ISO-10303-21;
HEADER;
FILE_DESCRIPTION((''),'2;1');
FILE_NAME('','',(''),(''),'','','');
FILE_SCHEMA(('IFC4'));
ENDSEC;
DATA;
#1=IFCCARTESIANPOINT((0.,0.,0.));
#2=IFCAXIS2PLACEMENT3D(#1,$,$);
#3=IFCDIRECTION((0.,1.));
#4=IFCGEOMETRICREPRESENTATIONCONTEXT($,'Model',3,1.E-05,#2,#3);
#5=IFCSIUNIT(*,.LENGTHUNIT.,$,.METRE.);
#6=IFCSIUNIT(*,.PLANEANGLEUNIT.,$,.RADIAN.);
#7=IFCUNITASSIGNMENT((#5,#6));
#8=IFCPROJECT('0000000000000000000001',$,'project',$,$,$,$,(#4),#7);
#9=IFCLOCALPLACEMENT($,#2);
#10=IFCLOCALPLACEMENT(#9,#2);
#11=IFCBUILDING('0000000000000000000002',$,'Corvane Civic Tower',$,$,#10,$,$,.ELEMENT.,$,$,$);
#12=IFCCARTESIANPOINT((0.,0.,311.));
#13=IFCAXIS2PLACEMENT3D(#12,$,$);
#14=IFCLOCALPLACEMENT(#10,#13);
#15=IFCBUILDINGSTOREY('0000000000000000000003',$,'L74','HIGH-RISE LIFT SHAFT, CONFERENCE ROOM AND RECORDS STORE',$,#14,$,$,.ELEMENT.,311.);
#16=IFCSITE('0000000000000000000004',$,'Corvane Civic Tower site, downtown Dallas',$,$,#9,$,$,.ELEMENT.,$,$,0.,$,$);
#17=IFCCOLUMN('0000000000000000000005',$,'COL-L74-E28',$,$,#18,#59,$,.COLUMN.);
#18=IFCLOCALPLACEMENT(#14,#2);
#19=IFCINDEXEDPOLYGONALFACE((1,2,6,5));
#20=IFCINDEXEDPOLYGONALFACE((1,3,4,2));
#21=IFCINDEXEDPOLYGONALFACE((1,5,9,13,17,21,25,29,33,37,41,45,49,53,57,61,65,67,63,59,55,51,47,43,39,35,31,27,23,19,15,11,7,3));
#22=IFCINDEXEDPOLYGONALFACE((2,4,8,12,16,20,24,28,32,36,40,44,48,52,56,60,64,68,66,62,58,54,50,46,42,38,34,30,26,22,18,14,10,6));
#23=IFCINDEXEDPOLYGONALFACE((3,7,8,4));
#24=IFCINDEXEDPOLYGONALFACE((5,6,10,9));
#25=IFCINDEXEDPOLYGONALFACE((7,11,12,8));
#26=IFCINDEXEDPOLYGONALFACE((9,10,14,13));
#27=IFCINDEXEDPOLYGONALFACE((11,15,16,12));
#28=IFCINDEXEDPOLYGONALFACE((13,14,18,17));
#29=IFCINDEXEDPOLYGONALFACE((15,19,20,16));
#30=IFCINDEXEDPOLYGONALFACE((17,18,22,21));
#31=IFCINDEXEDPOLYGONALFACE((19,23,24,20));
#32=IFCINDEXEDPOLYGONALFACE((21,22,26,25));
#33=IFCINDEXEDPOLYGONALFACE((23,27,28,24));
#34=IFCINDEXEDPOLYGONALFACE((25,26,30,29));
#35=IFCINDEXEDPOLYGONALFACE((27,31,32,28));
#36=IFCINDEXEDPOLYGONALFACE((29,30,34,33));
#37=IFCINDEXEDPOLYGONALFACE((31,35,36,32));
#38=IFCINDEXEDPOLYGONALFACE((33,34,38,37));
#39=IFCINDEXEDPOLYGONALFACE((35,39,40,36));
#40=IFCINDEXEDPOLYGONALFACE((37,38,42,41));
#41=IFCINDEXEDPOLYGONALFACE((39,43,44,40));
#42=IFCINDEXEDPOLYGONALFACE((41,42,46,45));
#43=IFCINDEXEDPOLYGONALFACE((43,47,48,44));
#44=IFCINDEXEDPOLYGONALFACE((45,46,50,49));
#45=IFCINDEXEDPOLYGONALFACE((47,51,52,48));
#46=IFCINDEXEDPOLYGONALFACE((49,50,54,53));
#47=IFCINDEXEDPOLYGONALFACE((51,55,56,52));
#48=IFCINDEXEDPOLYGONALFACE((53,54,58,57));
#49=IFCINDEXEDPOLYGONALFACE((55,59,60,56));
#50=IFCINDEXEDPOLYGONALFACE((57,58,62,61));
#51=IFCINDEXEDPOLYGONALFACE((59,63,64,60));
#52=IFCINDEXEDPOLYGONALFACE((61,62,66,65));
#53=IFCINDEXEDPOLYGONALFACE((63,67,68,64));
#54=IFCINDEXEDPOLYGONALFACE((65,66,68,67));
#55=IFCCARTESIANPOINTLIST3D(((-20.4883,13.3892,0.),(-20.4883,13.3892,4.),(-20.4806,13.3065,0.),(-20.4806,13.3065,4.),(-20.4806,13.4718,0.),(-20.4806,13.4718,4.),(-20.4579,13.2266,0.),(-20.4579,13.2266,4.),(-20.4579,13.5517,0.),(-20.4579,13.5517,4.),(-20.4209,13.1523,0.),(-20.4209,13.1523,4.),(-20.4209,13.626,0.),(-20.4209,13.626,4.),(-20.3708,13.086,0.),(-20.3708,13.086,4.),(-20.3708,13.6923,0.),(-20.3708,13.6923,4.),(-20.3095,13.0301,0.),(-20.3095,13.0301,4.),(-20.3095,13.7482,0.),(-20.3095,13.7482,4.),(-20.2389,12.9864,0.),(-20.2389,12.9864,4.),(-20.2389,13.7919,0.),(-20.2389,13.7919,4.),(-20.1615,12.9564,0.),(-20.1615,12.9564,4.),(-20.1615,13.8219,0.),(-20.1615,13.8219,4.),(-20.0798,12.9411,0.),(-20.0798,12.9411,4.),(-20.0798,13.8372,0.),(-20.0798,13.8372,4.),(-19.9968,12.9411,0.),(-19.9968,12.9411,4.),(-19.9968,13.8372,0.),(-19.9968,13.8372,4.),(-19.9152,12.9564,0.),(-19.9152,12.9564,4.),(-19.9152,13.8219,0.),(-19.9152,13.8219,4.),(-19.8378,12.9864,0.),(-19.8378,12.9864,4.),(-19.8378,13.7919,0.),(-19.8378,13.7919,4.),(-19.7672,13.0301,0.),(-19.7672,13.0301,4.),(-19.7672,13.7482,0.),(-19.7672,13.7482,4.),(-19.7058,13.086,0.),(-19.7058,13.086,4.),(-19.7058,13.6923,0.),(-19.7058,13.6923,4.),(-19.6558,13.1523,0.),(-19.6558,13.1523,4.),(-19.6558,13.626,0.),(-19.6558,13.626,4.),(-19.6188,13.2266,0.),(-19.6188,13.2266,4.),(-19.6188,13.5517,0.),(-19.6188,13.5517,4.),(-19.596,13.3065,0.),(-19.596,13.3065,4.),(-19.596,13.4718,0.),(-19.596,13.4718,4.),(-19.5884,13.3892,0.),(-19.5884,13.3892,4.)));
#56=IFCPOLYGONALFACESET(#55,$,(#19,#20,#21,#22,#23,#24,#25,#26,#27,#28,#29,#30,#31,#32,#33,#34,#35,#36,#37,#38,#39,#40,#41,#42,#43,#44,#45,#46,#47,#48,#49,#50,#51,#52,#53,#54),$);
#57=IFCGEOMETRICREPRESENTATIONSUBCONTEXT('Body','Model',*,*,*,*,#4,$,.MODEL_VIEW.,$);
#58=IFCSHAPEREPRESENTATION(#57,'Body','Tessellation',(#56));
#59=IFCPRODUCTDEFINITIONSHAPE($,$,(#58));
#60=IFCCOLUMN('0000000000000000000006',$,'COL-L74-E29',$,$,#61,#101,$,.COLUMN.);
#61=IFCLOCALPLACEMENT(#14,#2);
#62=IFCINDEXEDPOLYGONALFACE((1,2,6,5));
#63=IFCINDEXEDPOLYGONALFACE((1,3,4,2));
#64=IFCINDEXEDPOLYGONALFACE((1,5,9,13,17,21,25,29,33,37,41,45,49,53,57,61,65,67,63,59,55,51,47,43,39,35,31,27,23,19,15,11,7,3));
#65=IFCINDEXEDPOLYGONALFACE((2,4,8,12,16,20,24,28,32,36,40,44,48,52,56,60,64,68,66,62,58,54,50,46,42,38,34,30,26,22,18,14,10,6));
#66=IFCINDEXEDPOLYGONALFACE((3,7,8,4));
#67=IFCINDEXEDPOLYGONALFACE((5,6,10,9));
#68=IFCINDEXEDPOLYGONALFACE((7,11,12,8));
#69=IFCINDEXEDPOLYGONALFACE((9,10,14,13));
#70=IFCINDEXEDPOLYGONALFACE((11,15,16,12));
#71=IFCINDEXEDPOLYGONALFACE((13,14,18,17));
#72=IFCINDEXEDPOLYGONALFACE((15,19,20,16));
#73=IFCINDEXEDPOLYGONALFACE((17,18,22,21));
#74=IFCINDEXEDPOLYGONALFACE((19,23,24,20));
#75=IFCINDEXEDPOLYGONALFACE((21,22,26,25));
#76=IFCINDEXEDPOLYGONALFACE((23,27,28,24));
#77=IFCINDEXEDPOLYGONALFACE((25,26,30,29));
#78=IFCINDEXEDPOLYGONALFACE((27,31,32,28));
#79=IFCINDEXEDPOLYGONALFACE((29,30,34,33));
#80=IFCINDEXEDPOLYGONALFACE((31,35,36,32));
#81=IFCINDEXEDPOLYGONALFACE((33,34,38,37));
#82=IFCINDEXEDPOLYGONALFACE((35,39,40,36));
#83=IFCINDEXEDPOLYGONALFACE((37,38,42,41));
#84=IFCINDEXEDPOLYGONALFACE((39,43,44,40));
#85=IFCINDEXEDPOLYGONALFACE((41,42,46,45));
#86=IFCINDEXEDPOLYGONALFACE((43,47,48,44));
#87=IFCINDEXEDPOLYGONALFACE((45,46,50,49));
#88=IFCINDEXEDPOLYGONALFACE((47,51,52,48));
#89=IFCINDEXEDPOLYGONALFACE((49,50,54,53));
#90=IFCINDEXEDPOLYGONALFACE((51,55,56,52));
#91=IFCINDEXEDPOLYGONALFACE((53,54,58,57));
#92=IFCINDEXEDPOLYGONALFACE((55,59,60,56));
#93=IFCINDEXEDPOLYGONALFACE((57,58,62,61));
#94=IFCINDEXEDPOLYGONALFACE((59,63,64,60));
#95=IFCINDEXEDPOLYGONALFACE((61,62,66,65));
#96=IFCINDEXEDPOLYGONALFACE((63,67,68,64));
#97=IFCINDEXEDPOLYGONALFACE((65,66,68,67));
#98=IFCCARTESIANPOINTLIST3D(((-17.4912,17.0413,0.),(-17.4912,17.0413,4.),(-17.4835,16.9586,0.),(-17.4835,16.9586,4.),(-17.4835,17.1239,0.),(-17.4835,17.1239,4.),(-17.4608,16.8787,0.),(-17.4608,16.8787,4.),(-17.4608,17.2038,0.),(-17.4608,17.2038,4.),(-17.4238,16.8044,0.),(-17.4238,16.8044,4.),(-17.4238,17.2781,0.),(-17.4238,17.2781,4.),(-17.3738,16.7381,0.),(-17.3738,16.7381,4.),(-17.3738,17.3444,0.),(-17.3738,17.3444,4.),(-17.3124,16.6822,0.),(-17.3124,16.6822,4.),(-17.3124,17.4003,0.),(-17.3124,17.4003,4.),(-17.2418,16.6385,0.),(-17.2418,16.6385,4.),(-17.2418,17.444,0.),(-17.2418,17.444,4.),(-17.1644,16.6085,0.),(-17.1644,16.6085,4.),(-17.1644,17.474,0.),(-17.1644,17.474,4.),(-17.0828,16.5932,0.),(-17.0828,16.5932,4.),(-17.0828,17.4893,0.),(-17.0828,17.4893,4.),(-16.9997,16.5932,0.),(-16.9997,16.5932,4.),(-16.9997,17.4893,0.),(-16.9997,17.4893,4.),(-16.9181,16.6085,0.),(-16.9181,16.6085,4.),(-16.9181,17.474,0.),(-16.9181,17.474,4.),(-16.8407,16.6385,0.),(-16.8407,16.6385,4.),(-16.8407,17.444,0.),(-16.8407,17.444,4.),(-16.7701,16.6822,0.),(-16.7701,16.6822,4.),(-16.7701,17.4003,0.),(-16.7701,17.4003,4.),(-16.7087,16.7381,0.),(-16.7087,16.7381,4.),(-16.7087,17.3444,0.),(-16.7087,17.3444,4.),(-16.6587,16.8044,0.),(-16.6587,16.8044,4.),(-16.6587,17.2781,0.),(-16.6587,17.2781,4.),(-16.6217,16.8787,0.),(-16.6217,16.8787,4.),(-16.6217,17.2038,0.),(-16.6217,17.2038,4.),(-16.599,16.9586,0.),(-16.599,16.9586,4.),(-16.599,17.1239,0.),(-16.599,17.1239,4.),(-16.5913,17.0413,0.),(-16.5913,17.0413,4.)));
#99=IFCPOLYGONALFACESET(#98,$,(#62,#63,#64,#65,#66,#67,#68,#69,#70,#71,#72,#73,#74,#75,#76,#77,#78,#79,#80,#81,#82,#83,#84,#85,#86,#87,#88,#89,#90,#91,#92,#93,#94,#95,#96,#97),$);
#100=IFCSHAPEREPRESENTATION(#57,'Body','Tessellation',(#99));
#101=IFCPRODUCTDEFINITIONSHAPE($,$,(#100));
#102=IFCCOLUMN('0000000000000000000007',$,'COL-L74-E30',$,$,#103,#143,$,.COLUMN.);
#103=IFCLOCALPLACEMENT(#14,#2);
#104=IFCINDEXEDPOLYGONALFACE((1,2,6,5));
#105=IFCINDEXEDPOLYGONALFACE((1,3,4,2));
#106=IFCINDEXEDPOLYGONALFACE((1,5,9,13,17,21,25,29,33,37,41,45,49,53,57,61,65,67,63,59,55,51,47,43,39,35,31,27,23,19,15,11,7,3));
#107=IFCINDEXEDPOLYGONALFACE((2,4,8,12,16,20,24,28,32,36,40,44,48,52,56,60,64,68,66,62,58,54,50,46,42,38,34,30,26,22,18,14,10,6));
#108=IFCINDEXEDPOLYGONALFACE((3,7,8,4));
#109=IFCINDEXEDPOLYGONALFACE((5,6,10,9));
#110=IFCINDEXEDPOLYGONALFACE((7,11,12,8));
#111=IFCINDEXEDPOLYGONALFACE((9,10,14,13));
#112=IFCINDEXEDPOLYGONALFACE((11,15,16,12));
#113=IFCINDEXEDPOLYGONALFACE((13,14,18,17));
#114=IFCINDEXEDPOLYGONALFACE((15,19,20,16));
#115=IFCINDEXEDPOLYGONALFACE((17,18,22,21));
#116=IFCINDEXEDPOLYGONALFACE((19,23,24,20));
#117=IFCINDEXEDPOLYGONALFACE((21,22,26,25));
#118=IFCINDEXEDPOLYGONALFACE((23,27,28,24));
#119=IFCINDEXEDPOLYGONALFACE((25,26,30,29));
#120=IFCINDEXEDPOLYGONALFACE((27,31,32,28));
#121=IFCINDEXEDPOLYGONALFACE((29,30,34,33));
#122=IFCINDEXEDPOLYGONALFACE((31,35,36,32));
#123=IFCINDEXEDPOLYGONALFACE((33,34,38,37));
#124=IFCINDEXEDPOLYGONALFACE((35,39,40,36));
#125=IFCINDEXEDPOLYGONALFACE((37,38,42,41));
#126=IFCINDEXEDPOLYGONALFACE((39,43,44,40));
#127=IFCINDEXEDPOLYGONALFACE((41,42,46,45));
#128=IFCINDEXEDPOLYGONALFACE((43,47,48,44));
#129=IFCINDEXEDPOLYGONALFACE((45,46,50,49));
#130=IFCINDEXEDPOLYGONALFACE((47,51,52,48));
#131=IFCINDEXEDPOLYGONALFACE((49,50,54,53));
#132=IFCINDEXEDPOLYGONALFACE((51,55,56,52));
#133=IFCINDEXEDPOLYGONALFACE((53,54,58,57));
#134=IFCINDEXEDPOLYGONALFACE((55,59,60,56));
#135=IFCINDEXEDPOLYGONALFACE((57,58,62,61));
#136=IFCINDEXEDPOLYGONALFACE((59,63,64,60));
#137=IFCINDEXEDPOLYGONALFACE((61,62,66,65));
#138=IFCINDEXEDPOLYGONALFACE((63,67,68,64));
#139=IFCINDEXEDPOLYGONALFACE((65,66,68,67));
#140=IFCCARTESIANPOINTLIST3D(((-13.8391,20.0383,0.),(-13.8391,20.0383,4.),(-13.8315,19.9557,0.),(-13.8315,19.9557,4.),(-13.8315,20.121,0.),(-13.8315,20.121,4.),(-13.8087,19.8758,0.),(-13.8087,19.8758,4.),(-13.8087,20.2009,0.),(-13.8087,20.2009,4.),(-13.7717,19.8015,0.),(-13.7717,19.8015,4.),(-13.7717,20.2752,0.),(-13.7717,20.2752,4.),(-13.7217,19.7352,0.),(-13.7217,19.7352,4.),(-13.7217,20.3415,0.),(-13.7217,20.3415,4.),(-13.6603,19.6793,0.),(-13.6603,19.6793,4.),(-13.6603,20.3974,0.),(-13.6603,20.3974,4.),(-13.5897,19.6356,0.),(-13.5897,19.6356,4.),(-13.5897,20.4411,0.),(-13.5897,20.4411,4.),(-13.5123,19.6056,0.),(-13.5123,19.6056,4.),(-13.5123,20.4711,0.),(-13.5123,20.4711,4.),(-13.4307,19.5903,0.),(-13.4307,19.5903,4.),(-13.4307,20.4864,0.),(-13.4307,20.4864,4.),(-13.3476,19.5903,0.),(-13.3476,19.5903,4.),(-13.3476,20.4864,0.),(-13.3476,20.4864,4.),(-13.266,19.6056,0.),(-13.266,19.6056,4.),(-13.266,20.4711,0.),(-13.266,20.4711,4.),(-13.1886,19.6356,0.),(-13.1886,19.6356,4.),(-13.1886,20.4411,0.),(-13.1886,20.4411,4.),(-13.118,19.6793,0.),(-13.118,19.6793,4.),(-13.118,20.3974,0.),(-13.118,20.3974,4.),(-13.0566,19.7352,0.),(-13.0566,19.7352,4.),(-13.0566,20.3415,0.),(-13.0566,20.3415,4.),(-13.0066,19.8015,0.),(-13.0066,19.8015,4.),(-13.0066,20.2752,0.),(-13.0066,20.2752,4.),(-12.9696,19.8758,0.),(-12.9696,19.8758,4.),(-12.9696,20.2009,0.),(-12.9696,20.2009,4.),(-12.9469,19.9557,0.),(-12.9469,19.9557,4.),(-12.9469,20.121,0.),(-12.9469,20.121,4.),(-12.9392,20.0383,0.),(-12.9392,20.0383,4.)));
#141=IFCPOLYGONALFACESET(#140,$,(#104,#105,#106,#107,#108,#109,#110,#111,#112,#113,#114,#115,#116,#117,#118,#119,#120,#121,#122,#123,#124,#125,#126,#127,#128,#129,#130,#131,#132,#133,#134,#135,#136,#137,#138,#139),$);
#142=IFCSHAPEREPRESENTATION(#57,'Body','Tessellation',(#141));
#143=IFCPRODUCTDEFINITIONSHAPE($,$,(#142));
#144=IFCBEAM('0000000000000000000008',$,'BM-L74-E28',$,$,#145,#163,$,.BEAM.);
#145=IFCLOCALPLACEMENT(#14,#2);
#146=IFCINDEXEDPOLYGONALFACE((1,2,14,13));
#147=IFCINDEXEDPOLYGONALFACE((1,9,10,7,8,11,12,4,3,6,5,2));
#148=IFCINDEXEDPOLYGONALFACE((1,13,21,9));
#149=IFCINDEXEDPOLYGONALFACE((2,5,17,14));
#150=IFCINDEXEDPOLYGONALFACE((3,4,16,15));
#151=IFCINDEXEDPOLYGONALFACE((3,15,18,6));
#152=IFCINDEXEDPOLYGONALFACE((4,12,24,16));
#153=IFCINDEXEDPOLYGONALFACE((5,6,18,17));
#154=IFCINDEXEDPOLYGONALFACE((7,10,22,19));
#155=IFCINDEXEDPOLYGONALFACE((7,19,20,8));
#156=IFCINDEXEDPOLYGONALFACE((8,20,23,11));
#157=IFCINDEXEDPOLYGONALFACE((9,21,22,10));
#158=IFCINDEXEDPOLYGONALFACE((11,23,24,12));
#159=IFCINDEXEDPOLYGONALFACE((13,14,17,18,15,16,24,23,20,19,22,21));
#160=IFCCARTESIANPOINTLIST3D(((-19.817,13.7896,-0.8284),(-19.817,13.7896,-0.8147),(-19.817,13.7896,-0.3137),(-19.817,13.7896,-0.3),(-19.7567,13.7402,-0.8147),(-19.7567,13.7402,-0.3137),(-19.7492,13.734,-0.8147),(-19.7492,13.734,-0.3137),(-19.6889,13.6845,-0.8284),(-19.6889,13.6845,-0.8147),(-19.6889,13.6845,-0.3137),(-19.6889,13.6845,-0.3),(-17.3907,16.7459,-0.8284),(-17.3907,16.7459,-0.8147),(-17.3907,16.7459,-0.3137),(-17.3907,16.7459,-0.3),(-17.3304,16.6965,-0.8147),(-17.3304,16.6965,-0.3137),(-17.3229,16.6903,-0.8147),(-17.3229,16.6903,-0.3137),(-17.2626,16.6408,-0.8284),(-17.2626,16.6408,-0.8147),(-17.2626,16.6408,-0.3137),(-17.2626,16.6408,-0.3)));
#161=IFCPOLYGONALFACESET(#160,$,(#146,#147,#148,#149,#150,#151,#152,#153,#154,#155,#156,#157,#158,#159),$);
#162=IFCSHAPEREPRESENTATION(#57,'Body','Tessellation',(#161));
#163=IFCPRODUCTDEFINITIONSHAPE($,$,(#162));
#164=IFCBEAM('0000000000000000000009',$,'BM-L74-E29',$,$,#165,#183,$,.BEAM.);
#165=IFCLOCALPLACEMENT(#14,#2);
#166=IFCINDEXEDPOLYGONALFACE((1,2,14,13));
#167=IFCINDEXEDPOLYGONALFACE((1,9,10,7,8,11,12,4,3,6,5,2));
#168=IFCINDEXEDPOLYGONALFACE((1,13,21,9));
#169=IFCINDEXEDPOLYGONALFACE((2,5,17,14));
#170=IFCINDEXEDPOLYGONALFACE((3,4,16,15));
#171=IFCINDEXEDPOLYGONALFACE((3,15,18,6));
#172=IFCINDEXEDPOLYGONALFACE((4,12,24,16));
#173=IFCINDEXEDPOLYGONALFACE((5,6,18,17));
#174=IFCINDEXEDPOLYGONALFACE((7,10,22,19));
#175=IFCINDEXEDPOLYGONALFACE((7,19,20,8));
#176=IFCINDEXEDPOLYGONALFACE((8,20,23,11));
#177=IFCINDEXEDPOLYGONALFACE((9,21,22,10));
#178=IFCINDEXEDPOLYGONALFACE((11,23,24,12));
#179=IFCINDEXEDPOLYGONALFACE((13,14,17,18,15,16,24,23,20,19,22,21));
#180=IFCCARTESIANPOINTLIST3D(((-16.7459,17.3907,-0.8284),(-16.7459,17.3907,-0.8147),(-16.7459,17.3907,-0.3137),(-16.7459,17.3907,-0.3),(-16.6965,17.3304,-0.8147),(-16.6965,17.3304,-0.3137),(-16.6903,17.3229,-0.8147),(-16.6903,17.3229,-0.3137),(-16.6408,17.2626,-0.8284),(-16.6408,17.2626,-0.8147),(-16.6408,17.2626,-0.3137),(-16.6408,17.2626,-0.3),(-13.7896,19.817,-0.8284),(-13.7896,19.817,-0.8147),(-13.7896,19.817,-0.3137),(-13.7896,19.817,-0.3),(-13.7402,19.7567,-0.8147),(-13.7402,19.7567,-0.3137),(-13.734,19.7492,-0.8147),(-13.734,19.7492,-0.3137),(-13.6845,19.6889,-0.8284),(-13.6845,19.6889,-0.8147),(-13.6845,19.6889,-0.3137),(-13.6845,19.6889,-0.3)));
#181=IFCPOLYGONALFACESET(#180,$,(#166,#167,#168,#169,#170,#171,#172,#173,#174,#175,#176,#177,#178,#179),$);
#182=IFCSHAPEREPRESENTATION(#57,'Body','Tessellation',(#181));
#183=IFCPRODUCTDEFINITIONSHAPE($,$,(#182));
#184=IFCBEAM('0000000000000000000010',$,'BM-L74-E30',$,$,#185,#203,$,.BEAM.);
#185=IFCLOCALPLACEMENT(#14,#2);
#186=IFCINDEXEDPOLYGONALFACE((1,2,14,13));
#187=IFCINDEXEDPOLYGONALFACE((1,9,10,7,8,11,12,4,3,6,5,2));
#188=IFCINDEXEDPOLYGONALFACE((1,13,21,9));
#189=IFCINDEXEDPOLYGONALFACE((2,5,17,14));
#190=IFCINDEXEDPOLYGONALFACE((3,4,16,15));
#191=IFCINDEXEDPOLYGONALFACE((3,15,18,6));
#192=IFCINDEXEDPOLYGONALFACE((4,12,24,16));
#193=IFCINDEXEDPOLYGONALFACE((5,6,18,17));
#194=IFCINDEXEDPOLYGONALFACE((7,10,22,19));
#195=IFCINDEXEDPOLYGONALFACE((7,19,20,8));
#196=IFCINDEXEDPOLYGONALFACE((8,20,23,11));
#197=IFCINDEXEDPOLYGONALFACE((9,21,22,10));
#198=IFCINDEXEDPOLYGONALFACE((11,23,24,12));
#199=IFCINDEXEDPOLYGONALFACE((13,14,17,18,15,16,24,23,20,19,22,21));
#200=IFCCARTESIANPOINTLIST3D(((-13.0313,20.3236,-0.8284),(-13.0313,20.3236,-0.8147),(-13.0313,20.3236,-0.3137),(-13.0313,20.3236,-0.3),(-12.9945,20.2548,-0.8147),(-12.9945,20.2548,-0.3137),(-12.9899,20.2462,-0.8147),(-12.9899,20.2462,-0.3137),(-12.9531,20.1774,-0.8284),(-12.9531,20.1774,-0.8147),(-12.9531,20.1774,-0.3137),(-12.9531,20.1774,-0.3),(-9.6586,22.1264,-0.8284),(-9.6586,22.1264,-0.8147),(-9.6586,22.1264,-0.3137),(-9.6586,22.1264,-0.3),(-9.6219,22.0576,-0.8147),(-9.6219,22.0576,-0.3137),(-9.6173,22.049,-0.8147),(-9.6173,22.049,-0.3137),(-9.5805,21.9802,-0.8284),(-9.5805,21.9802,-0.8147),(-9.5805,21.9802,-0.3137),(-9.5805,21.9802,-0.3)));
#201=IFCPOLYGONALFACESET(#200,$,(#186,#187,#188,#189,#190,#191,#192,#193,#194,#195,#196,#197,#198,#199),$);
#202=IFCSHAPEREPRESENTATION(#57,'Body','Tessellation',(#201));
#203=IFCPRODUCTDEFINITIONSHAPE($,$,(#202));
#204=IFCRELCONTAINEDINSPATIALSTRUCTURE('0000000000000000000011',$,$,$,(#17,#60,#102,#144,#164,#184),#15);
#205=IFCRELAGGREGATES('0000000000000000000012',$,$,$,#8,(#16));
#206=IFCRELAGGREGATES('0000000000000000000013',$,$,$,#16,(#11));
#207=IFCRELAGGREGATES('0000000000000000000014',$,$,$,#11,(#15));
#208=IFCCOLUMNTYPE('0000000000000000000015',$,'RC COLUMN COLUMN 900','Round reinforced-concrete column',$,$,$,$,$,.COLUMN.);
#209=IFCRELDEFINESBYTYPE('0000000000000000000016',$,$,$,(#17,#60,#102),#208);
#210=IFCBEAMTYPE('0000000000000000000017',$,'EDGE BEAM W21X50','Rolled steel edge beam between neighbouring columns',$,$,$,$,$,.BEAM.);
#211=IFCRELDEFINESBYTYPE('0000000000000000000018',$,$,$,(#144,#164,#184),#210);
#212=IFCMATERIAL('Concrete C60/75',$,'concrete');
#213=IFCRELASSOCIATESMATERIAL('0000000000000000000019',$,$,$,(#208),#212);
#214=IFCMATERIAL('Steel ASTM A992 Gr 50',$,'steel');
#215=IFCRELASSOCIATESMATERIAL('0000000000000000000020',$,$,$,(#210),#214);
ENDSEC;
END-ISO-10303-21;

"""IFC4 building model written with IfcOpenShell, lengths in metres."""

from ifc_helpers import new_model, si_unit, direction, frame, origin, origin_2d, place, context, subcontext, project, spatial, circle, i_section, extrude, material, material_profile, profile_set, type_object, element, save


model = new_model("IFC4")

# Units and contexts
model_context = context("Model", 3, precision=1e-05, world=origin(), true_north=direction((0.0, 1.0)))
body_context = subcontext(model_context, "Body", "Model", "MODEL_VIEW")
ifc_project = project(units=[si_unit("LENGTHUNIT", "METRE"), si_unit("PLANEANGLEUNIT", "RADIAN")], contexts=[model_context])

# Site, building, storey
site_placement = place(None, origin())
site = spatial("IfcSite", under=ifc_project, at=site_placement, Name="Corvane Civic Tower site, downtown Dallas", CompositionType="ELEMENT", RefElevation=0.0)
building_placement = place(site_placement, origin())
building = spatial("IfcBuilding", under=site, at=building_placement, Name="Corvane Civic Tower", CompositionType="ELEMENT")
storey_placement = place(building_placement, frame((0.0, 0.0, 311.0)))
storey = spatial("IfcBuildingStorey", under=building, at=storey_placement, Name="L74", Description="HIGH-RISE LIFT SHAFT, CONFERENCE ROOM AND RECORDS STORE", CompositionType="ELEMENT", Elevation=311.0)

# Columns
ifc_material_1 = material(Name="Concrete C60/75", Category="concrete")
ifc_material_profile_1 = material_profile(ifc_material_1, circle(Radius=0.45, at=origin_2d()), Name="COLUMN 900")
ifc_profile_set_1 = profile_set([ifc_material_profile_1], Name="Concrete C60/75")
column_type = type_object("IfcColumnType", Name="RC COLUMN COLUMN 900", Description="Round reinforced-concrete column", PredefinedType="COLUMN", material=ifc_profile_set_1)
for number, where, z_axis, x_axis, name in (
    (1, (-20.0383, 13.3892, 0.0), (0.0, 0.0, 1.0), (1.0, 0.0, 0.0), "COL-L74-E28"),
    (2, (-17.0413, 17.0413, 0.0), (0.0, 0.0, 1.0), (1.0, 0.0, 0.0), "COL-L74-E29"),
    (3, (-13.3892, 20.0383, 0.0), (0.0, 0.0, 1.0), (1.0, 0.0, 0.0), "COL-L74-E30"),
):
    element("IfcColumn", number, at=place(storey_placement, frame(where, z_axis=z_axis, x_axis=x_axis)), inside=storey, type_object=column_type, Name=name, PredefinedType="COLUMN", context=body_context, shape_type="SweptSolid", body=[
        extrude(circle(Radius=0.45, at=origin_2d()), origin(), (0.0, 0.0, 1.0), 4.0),
    ])

# Beams
ifc_material_2 = material(Name="Steel ASTM A992 Gr 50", Category="steel")
ifc_material_profile_2 = material_profile(ifc_material_2, i_section(OverallWidth=0.1658, OverallDepth=0.5283, WebThickness=0.0098, FlangeThickness=0.0137, at=origin_2d()), Name="W21X50")
ifc_profile_set_2 = profile_set([ifc_material_profile_2], Name="Steel ASTM A992 Gr 50")
beam_type_1 = type_object("IfcBeamType", Name="EDGE BEAM W21X50", Description="Rolled steel edge beam between neighbouring columns", PredefinedType="BEAM", material=ifc_profile_set_2)
for number, where, z_axis, x_axis, name in (
    (4, (-19.7529, 13.7371, -0.5642), (0.634409, 0.772998, 0.0), (-0.772998, 0.634409, 0.0), "BM-L74-E28"),
    (5, (-16.6934, 17.3267, -0.5642), (0.772998, 0.634409, 0.0), (-0.634409, 0.772998, 0.0), "BM-L74-E29"),
):
    element("IfcBeam", number, at=place(storey_placement, frame(where, z_axis=z_axis, x_axis=x_axis)), inside=storey, type_object=beam_type_1, Name=name, PredefinedType="BEAM", context=body_context, shape_type="SweptSolid", body=[
        extrude(i_section(OverallWidth=0.1658, OverallDepth=0.5283, WebThickness=0.0098, FlangeThickness=0.0137, at=origin_2d()), origin(), (0.0, 0.0, 1.0), 3.8245),
    ])
beam_1_placement = place(storey_placement, frame((-12.9922, 20.2505, -0.5642), z_axis=(0.881914, 0.47141, 0.0), x_axis=(-0.47141, 0.881914, 0.0)))
element("IfcBeam", 6, at=beam_1_placement, inside=storey, type_object=beam_type_1, Name="BM-L74-E30", PredefinedType="BEAM", context=body_context, shape_type="SweptSolid", body=[
    extrude(i_section(OverallWidth=0.1658, OverallDepth=0.5283, WebThickness=0.0098, FlangeThickness=0.0137, at=origin_2d()), origin(), (0.0, 0.0, 1.0), 3.8242),
])

save(model, "model.ifc")
